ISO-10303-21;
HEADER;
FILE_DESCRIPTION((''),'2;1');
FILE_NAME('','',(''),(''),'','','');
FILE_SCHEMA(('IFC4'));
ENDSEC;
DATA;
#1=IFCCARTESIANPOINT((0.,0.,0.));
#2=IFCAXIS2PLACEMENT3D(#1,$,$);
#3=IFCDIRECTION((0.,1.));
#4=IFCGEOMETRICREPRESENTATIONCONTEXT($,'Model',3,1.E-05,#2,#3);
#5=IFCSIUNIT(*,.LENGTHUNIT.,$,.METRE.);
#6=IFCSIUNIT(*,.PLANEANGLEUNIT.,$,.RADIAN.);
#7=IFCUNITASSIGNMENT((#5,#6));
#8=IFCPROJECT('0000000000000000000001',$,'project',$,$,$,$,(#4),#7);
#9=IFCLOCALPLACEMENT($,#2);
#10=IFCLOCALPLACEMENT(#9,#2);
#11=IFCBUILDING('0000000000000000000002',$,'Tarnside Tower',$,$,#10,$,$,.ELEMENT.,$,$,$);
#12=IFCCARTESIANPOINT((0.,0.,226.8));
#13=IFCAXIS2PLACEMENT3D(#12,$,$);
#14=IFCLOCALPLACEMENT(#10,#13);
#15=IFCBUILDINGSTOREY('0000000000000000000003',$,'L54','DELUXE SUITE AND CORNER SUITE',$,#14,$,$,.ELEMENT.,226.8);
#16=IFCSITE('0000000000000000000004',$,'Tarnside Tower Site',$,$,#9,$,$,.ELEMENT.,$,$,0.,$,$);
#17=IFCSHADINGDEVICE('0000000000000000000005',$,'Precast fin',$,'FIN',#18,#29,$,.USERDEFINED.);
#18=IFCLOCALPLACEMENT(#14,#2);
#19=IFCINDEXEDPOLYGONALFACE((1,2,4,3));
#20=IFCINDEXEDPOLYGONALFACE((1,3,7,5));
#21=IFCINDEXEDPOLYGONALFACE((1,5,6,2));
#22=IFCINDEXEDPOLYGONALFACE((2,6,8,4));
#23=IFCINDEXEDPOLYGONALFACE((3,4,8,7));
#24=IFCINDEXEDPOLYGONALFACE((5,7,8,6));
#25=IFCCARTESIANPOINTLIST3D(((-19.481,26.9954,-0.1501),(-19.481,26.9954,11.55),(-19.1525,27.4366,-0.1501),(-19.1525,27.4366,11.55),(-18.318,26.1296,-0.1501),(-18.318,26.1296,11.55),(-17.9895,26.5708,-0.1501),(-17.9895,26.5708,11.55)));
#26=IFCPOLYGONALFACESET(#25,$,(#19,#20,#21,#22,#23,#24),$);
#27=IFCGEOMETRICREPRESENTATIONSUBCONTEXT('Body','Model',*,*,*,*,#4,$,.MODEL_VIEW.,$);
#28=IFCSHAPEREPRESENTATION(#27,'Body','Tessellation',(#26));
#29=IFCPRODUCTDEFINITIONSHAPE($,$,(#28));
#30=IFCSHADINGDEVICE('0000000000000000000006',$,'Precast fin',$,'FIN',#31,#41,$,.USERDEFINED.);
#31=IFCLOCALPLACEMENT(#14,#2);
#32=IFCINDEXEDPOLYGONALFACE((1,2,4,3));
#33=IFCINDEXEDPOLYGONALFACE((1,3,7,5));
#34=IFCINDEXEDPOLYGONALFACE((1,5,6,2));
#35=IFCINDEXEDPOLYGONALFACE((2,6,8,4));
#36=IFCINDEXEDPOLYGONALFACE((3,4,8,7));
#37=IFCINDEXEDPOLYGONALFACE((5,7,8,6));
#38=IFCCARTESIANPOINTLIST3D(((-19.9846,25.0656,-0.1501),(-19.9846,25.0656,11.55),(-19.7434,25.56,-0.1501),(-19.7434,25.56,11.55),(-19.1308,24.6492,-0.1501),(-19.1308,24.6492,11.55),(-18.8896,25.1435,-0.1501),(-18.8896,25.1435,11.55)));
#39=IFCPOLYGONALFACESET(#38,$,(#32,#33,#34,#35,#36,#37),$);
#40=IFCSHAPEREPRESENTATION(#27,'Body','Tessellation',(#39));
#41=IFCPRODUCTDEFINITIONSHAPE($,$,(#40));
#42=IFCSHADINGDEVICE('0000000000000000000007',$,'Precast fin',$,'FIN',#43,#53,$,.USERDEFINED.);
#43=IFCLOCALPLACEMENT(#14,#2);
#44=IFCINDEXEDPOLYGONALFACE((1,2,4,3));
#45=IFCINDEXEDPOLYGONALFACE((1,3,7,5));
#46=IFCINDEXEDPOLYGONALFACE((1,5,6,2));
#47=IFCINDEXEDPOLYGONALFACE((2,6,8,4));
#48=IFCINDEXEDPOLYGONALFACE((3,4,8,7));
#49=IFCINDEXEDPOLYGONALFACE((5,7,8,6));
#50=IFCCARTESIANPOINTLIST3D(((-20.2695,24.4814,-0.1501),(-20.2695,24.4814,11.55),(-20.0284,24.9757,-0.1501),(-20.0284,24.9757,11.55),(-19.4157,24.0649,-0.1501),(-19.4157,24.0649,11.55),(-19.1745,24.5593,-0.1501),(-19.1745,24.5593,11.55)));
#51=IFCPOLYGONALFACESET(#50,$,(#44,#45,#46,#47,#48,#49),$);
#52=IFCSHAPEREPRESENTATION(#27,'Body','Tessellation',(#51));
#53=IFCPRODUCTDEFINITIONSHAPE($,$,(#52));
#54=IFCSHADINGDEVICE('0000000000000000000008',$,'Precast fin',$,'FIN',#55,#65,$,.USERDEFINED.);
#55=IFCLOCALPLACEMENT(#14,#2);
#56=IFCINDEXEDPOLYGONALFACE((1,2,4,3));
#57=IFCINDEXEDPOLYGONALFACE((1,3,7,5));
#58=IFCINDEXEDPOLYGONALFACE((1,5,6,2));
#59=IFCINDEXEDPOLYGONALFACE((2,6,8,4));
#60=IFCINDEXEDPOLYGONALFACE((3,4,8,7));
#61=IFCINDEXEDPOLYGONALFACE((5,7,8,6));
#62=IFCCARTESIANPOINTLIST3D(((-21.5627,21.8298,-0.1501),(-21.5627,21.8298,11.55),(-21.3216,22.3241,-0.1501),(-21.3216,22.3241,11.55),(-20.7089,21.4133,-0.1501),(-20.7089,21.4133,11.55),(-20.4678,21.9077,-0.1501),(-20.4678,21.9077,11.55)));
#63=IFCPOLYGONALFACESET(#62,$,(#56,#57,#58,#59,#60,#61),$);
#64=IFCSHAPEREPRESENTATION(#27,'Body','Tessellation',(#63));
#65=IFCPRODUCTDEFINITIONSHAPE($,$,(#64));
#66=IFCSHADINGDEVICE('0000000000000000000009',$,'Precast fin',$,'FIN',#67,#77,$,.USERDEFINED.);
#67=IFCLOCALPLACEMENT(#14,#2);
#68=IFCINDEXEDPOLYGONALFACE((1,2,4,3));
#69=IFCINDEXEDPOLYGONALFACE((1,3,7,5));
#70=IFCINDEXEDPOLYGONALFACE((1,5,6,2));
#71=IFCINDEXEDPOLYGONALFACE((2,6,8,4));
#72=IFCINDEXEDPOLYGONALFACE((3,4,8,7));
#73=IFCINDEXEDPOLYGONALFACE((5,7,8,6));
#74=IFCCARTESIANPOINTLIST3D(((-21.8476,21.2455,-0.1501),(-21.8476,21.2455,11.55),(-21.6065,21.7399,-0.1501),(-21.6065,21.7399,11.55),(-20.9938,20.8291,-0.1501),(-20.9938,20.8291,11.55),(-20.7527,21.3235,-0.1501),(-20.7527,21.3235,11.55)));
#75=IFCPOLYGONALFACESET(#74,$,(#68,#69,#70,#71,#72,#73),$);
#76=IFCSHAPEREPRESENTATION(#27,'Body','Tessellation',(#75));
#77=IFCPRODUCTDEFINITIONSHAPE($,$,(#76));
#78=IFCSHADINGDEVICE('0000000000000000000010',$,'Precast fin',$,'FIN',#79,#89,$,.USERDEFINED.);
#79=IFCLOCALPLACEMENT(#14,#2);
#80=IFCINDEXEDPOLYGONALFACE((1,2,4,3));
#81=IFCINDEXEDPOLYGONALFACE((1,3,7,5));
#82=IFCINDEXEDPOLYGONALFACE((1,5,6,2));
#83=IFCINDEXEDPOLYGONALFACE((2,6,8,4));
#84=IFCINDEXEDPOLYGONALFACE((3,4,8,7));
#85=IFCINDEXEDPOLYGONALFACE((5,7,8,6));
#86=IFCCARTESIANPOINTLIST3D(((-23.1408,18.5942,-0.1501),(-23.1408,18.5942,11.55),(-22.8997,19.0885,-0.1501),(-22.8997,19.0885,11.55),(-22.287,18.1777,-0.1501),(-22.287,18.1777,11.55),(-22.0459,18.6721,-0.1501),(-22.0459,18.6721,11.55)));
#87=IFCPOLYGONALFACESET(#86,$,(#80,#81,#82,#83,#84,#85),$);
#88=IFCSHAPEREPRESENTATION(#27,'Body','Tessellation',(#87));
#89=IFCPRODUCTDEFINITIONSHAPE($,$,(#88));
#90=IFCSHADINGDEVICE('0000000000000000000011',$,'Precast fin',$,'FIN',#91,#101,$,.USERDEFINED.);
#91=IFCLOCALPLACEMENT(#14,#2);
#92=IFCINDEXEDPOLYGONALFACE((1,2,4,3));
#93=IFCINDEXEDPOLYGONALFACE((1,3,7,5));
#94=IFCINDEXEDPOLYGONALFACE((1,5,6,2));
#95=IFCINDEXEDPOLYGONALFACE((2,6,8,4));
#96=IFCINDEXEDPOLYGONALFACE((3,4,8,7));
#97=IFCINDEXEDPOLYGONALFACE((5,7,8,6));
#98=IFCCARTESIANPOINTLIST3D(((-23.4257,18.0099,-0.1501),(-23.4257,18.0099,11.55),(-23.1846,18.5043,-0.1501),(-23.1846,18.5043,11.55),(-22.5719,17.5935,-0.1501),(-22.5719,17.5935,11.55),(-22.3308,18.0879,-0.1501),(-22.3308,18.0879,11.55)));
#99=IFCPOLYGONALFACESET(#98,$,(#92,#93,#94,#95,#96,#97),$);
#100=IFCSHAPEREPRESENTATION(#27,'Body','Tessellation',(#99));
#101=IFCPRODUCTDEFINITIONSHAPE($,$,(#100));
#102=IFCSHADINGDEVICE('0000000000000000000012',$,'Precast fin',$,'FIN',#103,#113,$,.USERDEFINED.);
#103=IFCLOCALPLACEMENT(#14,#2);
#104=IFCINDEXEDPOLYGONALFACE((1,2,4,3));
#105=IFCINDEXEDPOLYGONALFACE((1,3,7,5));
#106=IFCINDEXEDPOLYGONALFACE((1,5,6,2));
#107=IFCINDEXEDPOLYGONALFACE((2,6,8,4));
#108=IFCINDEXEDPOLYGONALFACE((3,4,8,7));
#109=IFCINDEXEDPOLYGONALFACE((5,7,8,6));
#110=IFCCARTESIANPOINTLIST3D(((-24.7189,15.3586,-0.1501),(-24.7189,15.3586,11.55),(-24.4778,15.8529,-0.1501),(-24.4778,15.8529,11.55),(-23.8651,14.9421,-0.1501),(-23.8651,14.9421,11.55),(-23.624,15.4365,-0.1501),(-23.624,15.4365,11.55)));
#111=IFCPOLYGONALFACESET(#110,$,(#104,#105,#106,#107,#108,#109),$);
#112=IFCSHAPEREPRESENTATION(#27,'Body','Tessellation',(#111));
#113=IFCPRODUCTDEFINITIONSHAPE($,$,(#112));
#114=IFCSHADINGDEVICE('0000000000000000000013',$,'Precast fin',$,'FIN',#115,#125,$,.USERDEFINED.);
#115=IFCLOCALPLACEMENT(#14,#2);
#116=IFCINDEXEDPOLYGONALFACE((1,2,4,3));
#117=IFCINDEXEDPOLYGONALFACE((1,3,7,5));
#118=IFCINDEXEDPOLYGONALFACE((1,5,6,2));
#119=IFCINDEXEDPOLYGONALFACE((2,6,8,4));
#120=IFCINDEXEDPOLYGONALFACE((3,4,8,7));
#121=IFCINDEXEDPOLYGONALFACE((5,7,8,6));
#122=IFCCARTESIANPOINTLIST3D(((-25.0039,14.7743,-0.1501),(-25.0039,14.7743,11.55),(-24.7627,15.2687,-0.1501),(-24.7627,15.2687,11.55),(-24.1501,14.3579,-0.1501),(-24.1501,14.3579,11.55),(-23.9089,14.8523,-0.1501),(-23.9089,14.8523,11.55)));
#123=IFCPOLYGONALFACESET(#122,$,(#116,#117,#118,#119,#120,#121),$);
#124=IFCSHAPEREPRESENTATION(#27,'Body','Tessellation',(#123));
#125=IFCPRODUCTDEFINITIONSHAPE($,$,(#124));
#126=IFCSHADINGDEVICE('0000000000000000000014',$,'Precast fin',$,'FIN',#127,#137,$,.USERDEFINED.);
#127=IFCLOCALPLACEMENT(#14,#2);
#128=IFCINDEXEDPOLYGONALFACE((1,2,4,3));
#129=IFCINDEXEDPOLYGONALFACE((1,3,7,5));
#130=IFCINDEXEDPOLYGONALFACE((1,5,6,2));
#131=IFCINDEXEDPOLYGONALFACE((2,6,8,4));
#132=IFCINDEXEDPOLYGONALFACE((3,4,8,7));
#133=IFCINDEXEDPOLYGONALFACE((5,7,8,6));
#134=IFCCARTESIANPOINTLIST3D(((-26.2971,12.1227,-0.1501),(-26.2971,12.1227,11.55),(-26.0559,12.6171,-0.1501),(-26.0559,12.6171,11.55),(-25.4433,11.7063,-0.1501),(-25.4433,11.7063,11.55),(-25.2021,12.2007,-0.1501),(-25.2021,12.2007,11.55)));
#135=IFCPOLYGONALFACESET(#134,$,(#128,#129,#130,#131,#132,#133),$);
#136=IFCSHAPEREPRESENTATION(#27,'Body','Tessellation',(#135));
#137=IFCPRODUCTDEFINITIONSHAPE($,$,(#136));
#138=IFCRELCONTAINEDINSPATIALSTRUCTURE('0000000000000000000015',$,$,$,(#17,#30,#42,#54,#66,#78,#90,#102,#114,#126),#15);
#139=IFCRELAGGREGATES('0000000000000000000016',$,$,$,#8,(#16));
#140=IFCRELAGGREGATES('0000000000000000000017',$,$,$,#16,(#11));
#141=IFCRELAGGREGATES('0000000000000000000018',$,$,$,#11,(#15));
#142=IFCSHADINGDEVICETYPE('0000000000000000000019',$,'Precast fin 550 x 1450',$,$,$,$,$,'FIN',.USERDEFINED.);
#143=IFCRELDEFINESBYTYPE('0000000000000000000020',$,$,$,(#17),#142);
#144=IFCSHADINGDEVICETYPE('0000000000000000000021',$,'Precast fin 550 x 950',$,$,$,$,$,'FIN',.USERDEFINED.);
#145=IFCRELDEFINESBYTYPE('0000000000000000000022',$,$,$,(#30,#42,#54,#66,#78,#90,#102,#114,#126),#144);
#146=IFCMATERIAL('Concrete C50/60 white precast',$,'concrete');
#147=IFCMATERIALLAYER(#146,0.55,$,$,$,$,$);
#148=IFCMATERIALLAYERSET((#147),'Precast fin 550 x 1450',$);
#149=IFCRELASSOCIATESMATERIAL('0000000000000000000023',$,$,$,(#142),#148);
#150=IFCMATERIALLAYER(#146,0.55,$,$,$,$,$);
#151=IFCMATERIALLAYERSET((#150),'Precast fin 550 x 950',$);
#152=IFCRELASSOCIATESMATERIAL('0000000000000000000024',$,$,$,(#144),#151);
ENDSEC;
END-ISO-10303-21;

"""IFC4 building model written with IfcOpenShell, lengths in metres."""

from ifc_helpers import new_model, si_unit, direction, frame, origin, place, context, subcontext, project, spatial, polyline, outline, extrude, material, layer, layer_set, type_object, element, save


model = new_model("IFC4")

# Units and contexts
model_context = context("Model", 3, precision=1e-05, world=origin(), true_north=direction((0.0, 1.0)))
body_context = subcontext(model_context, "Body", "Model", "MODEL_VIEW")
ifc_project = project(units=[si_unit("LENGTHUNIT", "METRE"), si_unit("PLANEANGLEUNIT", "RADIAN")], contexts=[model_context])

# Site, building, storey
site_placement = place(None, origin())
site = spatial("IfcSite", under=ifc_project, at=site_placement, Name="Tarnside Tower Site", CompositionType="ELEMENT", RefElevation=0.0)
building_placement = place(site_placement, origin())
building = spatial("IfcBuilding", under=site, at=building_placement, Name="Tarnside Tower", CompositionType="ELEMENT")
storey_placement = place(building_placement, frame((0.0, 0.0, 226.8)))
storey = spatial("IfcBuildingStorey", under=building, at=storey_placement, Name="L54", Description="DELUXE SUITE AND CORNER SUITE", CompositionType="ELEMENT", Elevation=226.8)

# Shading devices
ifc_material_1 = material(Name="Concrete C50/60 white precast", Category="concrete")
ifc_layer_1 = layer(ifc_material_1, 0.55)
ifc_layer_set_1 = layer_set([ifc_layer_1], Name="Precast fin 550 x 1450")
shading_device_type_1 = type_object("IfcShadingDeviceType", Name="Precast fin 550 x 1450", ElementType="FIN", PredefinedType="USERDEFINED", material=ifc_layer_set_1)
for number, where, z_axis, x_axis, name in (
    (1, (-18.1538, 26.3501, -0.1501), (0.597159, 0.802123, 0.0), (-0.802123, 0.597159, 0.0), "Precast fin"),
):
    element("IfcShadingDevice", number, at=place(storey_placement, frame(where, z_axis=z_axis, x_axis=x_axis)), inside=storey, type_object=shading_device_type_1, Name=name, ObjectType="FIN", PredefinedType="USERDEFINED", context=body_context, shape_type="SweptSolid", body=[
        extrude(outline(polyline([(0.0, 0.0), (1.45, 0.0), (1.45, 11.7002), (0.0, 11.7002), (0.0, 0.0)])), frame((0.0, 0.0, -0.2749)), (0.0, 0.0, 1.0), 0.55),
    ])
ifc_layer_2 = layer(ifc_material_1, 0.55)
ifc_layer_set_2 = layer_set([ifc_layer_2], Name="Precast fin 550 x 950")
shading_device_type_2 = type_object("IfcShadingDeviceType", Name="Precast fin 550 x 950", ElementType="FIN", PredefinedType="USERDEFINED", material=ifc_layer_set_2)
for number, where, z_axis, x_axis, name in (
    (2, (-19.0103, 24.8962, -0.1501), (0.438371, 0.898794, 0.0), (-0.898794, 0.438371, 0.0), "Precast fin"),
    (3, (-19.2952, 24.312, -0.1501), (0.438371, 0.898794, 0.0), (-0.898794, 0.438371, 0.0), "Precast fin"),
    (4, (-20.5884, 21.6604, -0.1501), (0.438371, 0.898794, 0.0), (-0.898794, 0.438371, 0.0), "Precast fin"),
    (5, (-20.8733, 21.0762, -0.1501), (0.438371, 0.898794, 0.0), (-0.898794, 0.438371, 0.0), "Precast fin"),
    (6, (-22.1665, 18.4248, -0.1501), (0.438371, 0.898794, 0.0), (-0.898794, 0.438371, 0.0), "Precast fin"),
    (7, (-22.4514, 17.8406, -0.1501), (0.438371, 0.898794, 0.0), (-0.898794, 0.438371, 0.0), "Precast fin"),
    (8, (-23.7446, 15.1892, -0.1501), (0.438371, 0.898794, 0.0), (-0.898794, 0.438371, 0.0), "Precast fin"),
    (9, (-24.0295, 14.605, -0.1501), (0.438371, 0.898794, 0.0), (-0.898794, 0.438371, 0.0), "Precast fin"),
    (10, (-25.3228, 11.9534, -0.1501), (0.438371, 0.898794, 0.0), (-0.898794, 0.438371, 0.0), "Precast fin"),
):
    element("IfcShadingDevice", number, at=place(storey_placement, frame(where, z_axis=z_axis, x_axis=x_axis)), inside=storey, type_object=shading_device_type_2, Name=name, ObjectType="FIN", PredefinedType="USERDEFINED", context=body_context, shape_type="SweptSolid", body=[
        extrude(outline(polyline([(0.0, 0.0), (0.95, 0.0), (0.95, 11.7002), (0.0, 11.7002), (0.0, 0.0)])), frame((0.0, 0.0, -0.2749)), (0.0, 0.0, 1.0), 0.55),
    ])

save(model, "model.ifc")
